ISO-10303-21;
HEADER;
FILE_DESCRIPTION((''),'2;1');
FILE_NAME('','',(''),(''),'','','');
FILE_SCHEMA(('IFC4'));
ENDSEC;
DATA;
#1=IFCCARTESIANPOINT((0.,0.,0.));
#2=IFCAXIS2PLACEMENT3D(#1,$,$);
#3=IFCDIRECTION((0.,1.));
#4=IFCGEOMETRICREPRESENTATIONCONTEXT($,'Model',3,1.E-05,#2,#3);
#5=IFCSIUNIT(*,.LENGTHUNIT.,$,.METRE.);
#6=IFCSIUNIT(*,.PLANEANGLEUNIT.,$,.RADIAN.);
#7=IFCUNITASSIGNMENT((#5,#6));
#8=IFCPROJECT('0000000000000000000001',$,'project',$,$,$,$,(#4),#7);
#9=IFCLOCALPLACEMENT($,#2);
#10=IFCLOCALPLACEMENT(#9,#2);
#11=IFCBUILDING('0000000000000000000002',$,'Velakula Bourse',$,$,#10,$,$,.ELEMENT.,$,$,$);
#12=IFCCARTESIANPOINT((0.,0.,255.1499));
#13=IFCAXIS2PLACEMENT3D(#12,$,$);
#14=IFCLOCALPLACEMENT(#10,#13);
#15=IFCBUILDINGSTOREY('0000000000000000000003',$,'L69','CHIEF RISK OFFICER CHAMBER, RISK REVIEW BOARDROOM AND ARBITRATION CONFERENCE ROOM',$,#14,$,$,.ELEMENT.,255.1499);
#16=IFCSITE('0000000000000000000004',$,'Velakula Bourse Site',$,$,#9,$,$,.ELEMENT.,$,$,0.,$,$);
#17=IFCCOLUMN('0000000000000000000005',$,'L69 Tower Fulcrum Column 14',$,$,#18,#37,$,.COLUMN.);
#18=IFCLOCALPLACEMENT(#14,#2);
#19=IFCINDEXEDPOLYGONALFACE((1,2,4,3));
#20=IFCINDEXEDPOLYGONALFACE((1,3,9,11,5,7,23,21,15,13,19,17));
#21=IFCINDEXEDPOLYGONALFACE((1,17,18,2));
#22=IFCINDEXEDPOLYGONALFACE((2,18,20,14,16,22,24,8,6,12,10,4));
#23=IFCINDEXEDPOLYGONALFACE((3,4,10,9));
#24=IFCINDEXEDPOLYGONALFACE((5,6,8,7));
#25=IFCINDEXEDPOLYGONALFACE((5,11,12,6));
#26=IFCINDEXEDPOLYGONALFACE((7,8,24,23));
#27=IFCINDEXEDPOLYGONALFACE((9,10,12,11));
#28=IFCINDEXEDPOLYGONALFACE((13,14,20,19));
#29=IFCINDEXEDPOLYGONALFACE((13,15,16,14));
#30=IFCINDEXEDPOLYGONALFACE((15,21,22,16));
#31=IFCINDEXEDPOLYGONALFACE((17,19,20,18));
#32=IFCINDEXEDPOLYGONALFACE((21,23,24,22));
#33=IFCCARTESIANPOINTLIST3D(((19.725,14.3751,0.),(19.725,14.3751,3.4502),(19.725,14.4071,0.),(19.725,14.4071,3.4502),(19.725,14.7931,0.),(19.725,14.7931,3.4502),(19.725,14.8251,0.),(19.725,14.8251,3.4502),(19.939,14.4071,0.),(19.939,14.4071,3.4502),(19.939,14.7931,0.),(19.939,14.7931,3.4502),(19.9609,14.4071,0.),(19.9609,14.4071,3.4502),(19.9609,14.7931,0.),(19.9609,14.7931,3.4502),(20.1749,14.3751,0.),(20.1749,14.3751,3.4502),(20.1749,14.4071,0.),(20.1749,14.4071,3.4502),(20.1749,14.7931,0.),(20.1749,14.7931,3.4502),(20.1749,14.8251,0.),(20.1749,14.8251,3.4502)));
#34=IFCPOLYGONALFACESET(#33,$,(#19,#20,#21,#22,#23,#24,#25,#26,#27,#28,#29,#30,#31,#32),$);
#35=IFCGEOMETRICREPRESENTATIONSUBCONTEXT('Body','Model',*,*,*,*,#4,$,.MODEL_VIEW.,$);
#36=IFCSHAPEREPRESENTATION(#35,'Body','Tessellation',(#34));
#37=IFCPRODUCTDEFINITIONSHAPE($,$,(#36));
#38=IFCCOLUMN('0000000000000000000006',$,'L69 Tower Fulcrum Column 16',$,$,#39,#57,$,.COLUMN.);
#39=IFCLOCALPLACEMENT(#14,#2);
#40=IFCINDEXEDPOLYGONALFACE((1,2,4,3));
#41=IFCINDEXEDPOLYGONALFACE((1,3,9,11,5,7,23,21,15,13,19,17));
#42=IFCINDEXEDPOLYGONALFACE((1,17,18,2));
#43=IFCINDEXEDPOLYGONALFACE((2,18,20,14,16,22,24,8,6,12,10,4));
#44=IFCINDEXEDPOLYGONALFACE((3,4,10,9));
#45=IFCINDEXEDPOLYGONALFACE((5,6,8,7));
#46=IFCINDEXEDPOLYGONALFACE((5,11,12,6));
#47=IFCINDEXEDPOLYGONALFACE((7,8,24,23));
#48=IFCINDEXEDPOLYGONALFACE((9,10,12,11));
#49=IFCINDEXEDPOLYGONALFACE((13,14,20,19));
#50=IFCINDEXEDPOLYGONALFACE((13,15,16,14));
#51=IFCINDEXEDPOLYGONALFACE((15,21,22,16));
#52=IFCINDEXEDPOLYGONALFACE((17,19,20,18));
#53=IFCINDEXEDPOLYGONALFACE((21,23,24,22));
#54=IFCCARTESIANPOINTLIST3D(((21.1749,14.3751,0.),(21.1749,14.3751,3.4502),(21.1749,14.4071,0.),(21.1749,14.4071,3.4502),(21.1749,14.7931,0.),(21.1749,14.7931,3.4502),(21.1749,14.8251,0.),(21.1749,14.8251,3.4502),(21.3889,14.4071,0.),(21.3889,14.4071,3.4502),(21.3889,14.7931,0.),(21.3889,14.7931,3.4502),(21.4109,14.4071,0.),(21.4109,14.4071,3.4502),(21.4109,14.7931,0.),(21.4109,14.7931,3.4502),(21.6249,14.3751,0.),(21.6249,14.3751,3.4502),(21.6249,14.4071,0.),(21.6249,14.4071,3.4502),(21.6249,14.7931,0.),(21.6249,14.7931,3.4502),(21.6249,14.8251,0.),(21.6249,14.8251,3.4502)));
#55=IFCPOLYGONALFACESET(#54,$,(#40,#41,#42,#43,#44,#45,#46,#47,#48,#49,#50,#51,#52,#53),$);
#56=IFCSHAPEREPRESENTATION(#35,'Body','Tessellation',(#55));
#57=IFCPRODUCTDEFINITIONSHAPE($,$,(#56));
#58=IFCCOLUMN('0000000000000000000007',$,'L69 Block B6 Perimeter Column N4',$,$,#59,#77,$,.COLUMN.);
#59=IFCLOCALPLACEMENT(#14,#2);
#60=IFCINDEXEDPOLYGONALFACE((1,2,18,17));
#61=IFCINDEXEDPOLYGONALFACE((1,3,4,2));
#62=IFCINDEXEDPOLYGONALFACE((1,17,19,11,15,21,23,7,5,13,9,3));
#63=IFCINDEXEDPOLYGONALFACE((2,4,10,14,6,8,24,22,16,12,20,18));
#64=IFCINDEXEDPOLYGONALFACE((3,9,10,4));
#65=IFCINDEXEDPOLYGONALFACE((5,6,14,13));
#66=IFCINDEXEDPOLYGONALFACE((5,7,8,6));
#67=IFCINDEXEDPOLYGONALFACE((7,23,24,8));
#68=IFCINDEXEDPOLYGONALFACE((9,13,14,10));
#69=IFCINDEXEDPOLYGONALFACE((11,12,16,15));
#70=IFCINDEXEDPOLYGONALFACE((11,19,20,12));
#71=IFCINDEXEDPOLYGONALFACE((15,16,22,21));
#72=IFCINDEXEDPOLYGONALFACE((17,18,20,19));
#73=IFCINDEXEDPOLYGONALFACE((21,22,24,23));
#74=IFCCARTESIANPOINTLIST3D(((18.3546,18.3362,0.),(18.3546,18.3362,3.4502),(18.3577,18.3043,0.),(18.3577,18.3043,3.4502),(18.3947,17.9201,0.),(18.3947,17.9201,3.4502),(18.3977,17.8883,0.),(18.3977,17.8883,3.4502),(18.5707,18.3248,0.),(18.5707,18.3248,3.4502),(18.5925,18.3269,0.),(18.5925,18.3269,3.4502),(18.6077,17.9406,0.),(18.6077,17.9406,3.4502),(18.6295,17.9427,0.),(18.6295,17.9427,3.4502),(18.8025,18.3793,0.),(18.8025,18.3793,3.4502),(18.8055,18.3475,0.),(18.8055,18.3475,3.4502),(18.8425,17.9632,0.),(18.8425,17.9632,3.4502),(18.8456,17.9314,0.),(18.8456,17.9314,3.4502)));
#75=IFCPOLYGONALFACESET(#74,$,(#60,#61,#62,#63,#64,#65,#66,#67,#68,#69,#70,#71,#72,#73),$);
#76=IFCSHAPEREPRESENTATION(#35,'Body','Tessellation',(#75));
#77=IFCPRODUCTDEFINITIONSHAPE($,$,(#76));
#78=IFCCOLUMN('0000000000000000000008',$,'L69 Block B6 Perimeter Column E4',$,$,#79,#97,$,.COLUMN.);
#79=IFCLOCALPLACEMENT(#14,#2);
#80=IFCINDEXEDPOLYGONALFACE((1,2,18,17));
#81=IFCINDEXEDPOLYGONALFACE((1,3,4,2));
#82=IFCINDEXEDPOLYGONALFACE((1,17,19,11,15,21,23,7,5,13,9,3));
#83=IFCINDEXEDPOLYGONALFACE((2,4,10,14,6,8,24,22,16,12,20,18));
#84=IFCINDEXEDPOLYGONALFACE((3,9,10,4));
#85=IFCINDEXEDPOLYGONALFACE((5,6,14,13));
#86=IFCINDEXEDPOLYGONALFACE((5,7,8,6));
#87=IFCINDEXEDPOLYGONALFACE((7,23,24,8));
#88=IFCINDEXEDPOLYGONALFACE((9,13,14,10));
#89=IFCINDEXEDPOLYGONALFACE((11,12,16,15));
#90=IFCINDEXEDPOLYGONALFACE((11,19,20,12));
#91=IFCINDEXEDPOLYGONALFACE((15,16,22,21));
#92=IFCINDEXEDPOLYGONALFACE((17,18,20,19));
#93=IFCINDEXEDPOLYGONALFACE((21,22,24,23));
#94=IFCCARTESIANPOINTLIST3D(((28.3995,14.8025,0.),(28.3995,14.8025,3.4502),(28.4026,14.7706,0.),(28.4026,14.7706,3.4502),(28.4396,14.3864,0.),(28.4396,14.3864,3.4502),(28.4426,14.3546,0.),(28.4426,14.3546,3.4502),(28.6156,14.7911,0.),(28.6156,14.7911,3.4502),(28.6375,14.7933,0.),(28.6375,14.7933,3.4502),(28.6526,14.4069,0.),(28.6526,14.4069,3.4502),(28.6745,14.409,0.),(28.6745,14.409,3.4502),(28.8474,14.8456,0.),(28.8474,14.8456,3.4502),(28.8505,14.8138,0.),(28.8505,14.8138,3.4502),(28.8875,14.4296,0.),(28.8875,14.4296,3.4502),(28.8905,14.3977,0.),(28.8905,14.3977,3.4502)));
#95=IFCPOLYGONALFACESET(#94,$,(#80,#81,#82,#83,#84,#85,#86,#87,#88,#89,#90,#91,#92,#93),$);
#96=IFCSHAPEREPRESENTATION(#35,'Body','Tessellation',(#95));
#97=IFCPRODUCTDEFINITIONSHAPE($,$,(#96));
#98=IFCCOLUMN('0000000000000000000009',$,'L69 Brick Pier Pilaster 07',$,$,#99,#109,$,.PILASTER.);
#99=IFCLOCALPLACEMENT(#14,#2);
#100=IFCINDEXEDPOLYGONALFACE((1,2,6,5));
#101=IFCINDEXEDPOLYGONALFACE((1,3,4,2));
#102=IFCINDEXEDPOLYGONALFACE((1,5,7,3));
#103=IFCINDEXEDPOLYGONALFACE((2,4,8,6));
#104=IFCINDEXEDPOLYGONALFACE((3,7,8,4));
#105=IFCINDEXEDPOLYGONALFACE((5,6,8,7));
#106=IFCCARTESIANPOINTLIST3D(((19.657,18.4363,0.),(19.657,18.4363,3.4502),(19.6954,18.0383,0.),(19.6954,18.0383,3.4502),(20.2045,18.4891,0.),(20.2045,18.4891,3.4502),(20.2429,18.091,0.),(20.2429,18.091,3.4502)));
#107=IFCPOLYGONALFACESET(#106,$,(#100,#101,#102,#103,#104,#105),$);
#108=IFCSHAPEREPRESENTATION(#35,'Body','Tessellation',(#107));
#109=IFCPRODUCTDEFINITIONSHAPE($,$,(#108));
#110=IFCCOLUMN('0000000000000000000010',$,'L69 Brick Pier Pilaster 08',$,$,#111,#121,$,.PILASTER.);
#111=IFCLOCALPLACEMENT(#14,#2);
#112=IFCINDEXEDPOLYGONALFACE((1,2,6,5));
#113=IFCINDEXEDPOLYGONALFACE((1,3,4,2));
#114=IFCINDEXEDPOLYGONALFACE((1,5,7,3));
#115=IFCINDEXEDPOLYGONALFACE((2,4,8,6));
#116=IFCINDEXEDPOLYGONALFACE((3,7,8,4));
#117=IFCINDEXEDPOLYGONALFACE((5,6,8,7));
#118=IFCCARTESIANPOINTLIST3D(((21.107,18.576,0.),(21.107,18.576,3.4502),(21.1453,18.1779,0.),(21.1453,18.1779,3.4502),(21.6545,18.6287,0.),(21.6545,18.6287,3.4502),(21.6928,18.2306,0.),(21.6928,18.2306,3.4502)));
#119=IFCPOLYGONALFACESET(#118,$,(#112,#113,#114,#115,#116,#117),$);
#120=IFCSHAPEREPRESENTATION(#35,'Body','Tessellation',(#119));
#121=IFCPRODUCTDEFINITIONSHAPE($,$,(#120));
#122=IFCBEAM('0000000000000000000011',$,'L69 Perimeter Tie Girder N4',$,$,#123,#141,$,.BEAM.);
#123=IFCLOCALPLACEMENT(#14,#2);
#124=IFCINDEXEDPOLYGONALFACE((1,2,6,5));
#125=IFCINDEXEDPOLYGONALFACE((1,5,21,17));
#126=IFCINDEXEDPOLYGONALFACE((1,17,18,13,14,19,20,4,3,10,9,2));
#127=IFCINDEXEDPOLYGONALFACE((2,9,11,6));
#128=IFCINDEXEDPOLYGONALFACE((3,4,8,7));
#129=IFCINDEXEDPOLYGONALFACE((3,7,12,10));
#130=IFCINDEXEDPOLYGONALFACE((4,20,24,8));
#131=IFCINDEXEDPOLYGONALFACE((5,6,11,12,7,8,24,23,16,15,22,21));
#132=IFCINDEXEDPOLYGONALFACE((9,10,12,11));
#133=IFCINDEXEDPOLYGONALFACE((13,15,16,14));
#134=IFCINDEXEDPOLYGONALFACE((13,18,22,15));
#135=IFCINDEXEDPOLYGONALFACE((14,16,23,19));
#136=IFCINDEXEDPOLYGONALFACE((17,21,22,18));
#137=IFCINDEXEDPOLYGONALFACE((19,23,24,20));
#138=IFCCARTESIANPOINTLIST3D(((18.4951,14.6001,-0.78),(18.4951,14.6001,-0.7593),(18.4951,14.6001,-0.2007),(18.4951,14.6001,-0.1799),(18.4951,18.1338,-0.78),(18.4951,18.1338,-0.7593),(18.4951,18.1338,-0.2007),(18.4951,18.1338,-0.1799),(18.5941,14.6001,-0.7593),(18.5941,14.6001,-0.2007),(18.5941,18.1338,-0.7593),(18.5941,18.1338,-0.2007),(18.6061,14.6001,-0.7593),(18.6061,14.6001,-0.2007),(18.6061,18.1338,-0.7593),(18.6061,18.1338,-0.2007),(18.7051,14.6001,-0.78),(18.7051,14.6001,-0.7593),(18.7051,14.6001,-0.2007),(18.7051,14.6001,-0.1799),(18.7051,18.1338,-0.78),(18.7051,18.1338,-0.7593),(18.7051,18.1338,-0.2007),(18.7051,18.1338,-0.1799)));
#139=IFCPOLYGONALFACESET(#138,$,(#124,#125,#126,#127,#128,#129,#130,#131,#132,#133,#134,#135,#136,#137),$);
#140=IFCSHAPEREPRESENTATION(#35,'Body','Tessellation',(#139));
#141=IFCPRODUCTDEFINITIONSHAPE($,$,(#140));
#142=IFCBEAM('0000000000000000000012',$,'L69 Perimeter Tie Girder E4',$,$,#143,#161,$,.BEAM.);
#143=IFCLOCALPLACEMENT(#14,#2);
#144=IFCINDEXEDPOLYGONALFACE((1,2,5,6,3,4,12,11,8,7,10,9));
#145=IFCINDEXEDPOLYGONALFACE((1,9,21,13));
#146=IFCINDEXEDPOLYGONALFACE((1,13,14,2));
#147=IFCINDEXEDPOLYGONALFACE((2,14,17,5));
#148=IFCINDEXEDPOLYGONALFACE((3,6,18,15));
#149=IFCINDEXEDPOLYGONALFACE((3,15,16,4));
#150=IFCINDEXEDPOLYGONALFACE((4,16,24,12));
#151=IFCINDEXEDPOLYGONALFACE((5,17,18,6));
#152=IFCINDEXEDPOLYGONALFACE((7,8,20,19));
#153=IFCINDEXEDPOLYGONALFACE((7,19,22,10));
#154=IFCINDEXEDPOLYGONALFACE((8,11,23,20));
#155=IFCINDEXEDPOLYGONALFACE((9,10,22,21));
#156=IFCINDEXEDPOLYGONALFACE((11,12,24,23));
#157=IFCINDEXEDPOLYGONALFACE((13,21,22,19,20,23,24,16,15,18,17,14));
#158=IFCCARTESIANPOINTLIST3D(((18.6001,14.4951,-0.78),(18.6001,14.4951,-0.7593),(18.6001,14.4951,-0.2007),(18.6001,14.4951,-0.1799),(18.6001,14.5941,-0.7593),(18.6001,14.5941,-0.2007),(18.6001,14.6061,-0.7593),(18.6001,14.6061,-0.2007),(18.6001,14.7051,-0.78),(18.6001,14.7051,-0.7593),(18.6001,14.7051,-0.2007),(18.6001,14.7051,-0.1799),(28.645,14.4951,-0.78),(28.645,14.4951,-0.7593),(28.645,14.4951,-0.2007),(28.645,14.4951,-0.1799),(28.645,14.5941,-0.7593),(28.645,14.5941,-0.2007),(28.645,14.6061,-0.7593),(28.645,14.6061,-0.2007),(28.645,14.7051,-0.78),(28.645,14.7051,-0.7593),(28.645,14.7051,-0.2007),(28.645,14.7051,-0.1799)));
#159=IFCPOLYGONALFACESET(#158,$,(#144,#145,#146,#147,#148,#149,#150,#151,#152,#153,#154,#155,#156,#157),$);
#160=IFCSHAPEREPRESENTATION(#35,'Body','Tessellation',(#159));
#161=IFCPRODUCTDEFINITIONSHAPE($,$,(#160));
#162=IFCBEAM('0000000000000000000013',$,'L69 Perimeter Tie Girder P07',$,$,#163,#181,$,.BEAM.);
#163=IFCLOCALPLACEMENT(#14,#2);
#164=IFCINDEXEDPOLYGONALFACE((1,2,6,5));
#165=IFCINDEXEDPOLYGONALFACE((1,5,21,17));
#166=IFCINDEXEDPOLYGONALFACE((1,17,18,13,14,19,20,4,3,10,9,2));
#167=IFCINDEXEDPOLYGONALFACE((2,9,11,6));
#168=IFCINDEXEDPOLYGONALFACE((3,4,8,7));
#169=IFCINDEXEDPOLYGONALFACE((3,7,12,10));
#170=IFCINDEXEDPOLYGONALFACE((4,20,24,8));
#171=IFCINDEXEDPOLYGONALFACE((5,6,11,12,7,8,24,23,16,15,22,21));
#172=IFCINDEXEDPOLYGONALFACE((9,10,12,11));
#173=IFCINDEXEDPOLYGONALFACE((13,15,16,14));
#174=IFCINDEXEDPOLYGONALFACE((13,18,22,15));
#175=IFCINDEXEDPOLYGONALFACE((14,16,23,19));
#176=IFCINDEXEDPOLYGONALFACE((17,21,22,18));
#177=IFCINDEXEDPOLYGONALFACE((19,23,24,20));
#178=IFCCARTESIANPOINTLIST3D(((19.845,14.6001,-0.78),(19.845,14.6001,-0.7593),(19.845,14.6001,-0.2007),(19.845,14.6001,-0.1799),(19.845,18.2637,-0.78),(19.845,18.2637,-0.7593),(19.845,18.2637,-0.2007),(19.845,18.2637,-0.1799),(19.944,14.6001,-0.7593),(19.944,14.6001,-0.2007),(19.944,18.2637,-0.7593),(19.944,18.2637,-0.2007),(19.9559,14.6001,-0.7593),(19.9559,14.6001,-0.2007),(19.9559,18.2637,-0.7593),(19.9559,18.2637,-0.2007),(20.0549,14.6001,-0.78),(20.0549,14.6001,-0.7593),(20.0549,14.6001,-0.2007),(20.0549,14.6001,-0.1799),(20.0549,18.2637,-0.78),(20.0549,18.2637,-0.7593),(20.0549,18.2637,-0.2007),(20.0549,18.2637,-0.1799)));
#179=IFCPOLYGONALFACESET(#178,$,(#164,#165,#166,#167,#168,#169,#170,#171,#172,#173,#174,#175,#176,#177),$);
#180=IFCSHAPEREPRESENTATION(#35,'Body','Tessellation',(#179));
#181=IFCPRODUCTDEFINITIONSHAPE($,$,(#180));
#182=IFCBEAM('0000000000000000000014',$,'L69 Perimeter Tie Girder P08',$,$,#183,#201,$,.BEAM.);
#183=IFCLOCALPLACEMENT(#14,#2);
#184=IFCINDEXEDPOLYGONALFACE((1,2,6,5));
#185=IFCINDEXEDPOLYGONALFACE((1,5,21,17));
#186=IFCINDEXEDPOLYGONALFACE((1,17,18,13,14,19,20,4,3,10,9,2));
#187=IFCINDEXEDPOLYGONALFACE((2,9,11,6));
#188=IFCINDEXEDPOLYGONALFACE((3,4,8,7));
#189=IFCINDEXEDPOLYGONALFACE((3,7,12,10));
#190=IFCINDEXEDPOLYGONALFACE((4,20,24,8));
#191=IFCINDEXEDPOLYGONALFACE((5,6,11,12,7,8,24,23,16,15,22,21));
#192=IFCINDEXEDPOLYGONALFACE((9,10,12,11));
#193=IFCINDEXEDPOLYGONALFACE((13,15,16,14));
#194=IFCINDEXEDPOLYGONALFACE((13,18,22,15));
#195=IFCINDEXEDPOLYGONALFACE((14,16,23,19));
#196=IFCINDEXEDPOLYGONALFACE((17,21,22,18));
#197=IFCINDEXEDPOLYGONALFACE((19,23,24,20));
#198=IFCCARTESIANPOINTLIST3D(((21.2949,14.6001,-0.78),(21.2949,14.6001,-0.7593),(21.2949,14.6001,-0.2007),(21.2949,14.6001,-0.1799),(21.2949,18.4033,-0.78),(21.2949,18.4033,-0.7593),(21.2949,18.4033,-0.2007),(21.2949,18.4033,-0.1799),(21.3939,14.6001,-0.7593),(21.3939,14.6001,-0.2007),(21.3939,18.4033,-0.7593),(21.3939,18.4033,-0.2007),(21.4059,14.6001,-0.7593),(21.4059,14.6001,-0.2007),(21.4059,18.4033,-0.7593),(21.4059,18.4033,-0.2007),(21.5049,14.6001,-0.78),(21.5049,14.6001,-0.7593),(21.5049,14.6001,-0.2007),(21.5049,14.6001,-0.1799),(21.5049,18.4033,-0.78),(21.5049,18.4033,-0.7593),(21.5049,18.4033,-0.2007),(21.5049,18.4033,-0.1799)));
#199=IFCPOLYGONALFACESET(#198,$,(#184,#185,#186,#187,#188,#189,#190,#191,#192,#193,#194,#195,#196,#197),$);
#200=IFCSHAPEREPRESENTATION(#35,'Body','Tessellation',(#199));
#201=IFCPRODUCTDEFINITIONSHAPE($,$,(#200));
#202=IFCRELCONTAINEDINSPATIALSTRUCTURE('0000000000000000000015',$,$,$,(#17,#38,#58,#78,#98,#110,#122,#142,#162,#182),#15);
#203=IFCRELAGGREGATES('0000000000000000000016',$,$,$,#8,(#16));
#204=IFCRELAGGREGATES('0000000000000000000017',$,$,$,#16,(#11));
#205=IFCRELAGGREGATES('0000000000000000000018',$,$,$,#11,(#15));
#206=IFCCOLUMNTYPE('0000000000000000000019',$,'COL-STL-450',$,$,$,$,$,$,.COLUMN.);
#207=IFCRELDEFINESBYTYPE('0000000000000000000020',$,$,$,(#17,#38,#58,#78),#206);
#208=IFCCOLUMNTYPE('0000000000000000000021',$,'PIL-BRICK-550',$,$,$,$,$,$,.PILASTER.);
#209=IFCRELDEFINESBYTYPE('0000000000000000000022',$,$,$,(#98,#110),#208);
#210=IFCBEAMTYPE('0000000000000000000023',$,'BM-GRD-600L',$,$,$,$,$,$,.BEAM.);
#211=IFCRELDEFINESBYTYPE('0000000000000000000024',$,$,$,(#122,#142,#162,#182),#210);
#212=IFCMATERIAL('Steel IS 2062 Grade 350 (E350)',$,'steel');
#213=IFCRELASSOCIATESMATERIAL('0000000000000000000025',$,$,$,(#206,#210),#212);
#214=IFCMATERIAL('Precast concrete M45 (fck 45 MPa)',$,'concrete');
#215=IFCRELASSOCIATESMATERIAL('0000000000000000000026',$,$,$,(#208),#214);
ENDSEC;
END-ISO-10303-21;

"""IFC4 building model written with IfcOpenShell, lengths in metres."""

from ifc_helpers import new_model, si_unit, direction, frame, origin, origin_2d, place, context, subcontext, project, spatial, rectangle, i_section, extrude, material, material_profile, profile_set, type_object, element, save


model = new_model("IFC4")

# Units and contexts
model_context = context("Model", 3, precision=1e-05, world=origin(), true_north=direction((0.0, 1.0)))
body_context = subcontext(model_context, "Body", "Model", "MODEL_VIEW")
ifc_project = project(units=[si_unit("LENGTHUNIT", "METRE"), si_unit("PLANEANGLEUNIT", "RADIAN")], contexts=[model_context])

# Site, building, storey
site_placement = place(None, origin())
site = spatial("IfcSite", under=ifc_project, at=site_placement, Name="Velakula Bourse Site", CompositionType="ELEMENT", RefElevation=0.0)
building_placement = place(site_placement, origin())
building = spatial("IfcBuilding", under=site, at=building_placement, Name="Velakula Bourse", CompositionType="ELEMENT")
storey_placement = place(building_placement, frame((0.0, 0.0, 255.1499)))
storey = spatial("IfcBuildingStorey", under=building, at=storey_placement, Name="L69", Description="CHIEF RISK OFFICER CHAMBER, RISK REVIEW BOARDROOM AND ARBITRATION CONFERENCE ROOM", CompositionType="ELEMENT", Elevation=255.1499)

# Columns
ifc_material_1 = material(Name="Steel IS 2062 Grade 350 (E350)", Category="steel")
ifc_material_profile_1 = material_profile(ifc_material_1, i_section(OverallWidth=0.45, OverallDepth=0.45, WebThickness=0.022, FlangeThickness=0.032, at=origin_2d()), Name="Steel IS 2062 Grade 350 (E350)")
ifc_profile_set_1 = profile_set([ifc_material_profile_1], Name="Steel IS 2062 Grade 350 (E350)")
column_type_1 = type_object("IfcColumnType", Name="COL-STL-450", PredefinedType="COLUMN", material=ifc_profile_set_1)
for number, where, z_axis, x_axis, name in (
    (1, (19.95, 14.6001, 0.0), (0.0, 0.0, 1.0), (1.0, 0.0, 0.0), "L69 Tower Fulcrum Column 14"),
    (2, (21.3999, 14.6001, 0.0), (0.0, 0.0, 1.0), (1.0, 0.0, 0.0), "L69 Tower Fulcrum Column 16"),
    (3, (18.6001, 18.1338, 0.0), (0.0, 0.0, 1.0), (0.995396, 0.095846, 0.0), "L69 Block B6 Perimeter Column N4"),
    (4, (28.645, 14.6001, 0.0), (0.0, 0.0, 1.0), (0.995396, 0.095846, 0.0), "L69 Block B6 Perimeter Column E4"),
):
    element("IfcColumn", number, at=place(storey_placement, frame(where, z_axis=z_axis, x_axis=x_axis)), inside=storey, type_object=column_type_1, Name=name, PredefinedType="COLUMN", context=body_context, shape_type="SweptSolid", body=[
        extrude(i_section(OverallWidth=0.45, OverallDepth=0.45, WebThickness=0.022, FlangeThickness=0.032, at=origin_2d()), origin(), (0.0, 0.0, 1.0), 3.4502),
    ])
ifc_material_2 = material(Name="Precast concrete M45 (fck 45 MPa)", Category="concrete")
ifc_material_profile_2 = material_profile(ifc_material_2, rectangle(XDim=0.55, YDim=0.3999, at=origin_2d()), Name="Precast concrete M45 (fck 45 MPa)")
ifc_profile_set_2 = profile_set([ifc_material_profile_2], Name="Precast concrete M45 (fck 45 MPa)")
column_type_2 = type_object("IfcColumnType", Name="PIL-BRICK-550", PredefinedType="PILASTER", material=ifc_profile_set_2)
for number, where, z_axis, x_axis, name in (
    (5, (19.95, 18.2637, 0.0), (0.0, 0.0, 1.0), (0.995396, 0.095846, 0.0), "L69 Brick Pier Pilaster 07"),
    (6, (21.3999, 18.4033, 0.0), (0.0, 0.0, 1.0), (0.995396, 0.095846, 0.0), "L69 Brick Pier Pilaster 08"),
):
    element("IfcColumn", number, at=place(storey_placement, frame(where, z_axis=z_axis, x_axis=x_axis)), inside=storey, type_object=column_type_2, Name=name, PredefinedType="PILASTER", context=body_context, shape_type="SweptSolid", body=[
        extrude(rectangle(XDim=0.55, YDim=0.3999, at=origin_2d()), origin(), (0.0, 0.0, 1.0), 3.4502),
    ])

# Beams
ifc_material_profile_3 = material_profile(ifc_material_1, i_section(OverallWidth=0.21, OverallDepth=0.6001, WebThickness=0.012, FlangeThickness=0.0208, at=origin_2d()), Name="Steel IS 2062 Grade 350 (E350)")
ifc_profile_set_3 = profile_set([ifc_material_profile_3], Name="Steel IS 2062 Grade 350 (E350)")
beam_type_1 = type_object("IfcBeamType", Name="BM-GRD-600L", PredefinedType="BEAM", material=ifc_profile_set_3)
beam_1_placement = place(storey_placement, frame((18.6001, 14.6001, -0.48), z_axis=(0.0, 1.0, 0.0), x_axis=(-1.0, 0.0, 0.0)))
element("IfcBeam", 7, at=beam_1_placement, inside=storey, type_object=beam_type_1, Name="L69 Perimeter Tie Girder N4", PredefinedType="BEAM", context=body_context, shape_type="SweptSolid", body=[
    extrude(i_section(OverallWidth=0.21, OverallDepth=0.6001, WebThickness=0.012, FlangeThickness=0.0208, at=origin_2d()), origin(), (0.0, 0.0, 1.0), 3.5337),
])
beam_2_placement = place(storey_placement, frame((18.6001, 14.6001, -0.48), z_axis=(1.0, 0.0, 0.0), x_axis=(0.0, 1.0, 0.0)))
element("IfcBeam", 8, at=beam_2_placement, inside=storey, type_object=beam_type_1, Name="L69 Perimeter Tie Girder E4", PredefinedType="BEAM", context=body_context, shape_type="SweptSolid", body=[
    extrude(i_section(OverallWidth=0.21, OverallDepth=0.6001, WebThickness=0.012, FlangeThickness=0.0208, at=origin_2d()), origin(), (0.0, 0.0, 1.0), 10.0449),
])
beam_3_placement = place(storey_placement, frame((19.95, 14.6001, -0.48), z_axis=(0.0, 1.0, 0.0), x_axis=(-1.0, 0.0, 0.0)))
element("IfcBeam", 9, at=beam_3_placement, inside=storey, type_object=beam_type_1, Name="L69 Perimeter Tie Girder P07", PredefinedType="BEAM", context=body_context, shape_type="SweptSolid", body=[
    extrude(i_section(OverallWidth=0.21, OverallDepth=0.6001, WebThickness=0.012, FlangeThickness=0.0208, at=origin_2d()), origin(), (0.0, 0.0, 1.0), 3.6636),
])
beam_4_placement = place(storey_placement, frame((21.3999, 14.6001, -0.48), z_axis=(0.0, 1.0, 0.0), x_axis=(-1.0, 0.0, 0.0)))
element("IfcBeam", 10, at=beam_4_placement, inside=storey, type_object=beam_type_1, Name="L69 Perimeter Tie Girder P08", PredefinedType="BEAM", context=body_context, shape_type="SweptSolid", body=[
    extrude(i_section(OverallWidth=0.21, OverallDepth=0.6001, WebThickness=0.012, FlangeThickness=0.0208, at=origin_2d()), origin(), (0.0, 0.0, 1.0), 3.8032),
])

save(model, "model.ifc")
